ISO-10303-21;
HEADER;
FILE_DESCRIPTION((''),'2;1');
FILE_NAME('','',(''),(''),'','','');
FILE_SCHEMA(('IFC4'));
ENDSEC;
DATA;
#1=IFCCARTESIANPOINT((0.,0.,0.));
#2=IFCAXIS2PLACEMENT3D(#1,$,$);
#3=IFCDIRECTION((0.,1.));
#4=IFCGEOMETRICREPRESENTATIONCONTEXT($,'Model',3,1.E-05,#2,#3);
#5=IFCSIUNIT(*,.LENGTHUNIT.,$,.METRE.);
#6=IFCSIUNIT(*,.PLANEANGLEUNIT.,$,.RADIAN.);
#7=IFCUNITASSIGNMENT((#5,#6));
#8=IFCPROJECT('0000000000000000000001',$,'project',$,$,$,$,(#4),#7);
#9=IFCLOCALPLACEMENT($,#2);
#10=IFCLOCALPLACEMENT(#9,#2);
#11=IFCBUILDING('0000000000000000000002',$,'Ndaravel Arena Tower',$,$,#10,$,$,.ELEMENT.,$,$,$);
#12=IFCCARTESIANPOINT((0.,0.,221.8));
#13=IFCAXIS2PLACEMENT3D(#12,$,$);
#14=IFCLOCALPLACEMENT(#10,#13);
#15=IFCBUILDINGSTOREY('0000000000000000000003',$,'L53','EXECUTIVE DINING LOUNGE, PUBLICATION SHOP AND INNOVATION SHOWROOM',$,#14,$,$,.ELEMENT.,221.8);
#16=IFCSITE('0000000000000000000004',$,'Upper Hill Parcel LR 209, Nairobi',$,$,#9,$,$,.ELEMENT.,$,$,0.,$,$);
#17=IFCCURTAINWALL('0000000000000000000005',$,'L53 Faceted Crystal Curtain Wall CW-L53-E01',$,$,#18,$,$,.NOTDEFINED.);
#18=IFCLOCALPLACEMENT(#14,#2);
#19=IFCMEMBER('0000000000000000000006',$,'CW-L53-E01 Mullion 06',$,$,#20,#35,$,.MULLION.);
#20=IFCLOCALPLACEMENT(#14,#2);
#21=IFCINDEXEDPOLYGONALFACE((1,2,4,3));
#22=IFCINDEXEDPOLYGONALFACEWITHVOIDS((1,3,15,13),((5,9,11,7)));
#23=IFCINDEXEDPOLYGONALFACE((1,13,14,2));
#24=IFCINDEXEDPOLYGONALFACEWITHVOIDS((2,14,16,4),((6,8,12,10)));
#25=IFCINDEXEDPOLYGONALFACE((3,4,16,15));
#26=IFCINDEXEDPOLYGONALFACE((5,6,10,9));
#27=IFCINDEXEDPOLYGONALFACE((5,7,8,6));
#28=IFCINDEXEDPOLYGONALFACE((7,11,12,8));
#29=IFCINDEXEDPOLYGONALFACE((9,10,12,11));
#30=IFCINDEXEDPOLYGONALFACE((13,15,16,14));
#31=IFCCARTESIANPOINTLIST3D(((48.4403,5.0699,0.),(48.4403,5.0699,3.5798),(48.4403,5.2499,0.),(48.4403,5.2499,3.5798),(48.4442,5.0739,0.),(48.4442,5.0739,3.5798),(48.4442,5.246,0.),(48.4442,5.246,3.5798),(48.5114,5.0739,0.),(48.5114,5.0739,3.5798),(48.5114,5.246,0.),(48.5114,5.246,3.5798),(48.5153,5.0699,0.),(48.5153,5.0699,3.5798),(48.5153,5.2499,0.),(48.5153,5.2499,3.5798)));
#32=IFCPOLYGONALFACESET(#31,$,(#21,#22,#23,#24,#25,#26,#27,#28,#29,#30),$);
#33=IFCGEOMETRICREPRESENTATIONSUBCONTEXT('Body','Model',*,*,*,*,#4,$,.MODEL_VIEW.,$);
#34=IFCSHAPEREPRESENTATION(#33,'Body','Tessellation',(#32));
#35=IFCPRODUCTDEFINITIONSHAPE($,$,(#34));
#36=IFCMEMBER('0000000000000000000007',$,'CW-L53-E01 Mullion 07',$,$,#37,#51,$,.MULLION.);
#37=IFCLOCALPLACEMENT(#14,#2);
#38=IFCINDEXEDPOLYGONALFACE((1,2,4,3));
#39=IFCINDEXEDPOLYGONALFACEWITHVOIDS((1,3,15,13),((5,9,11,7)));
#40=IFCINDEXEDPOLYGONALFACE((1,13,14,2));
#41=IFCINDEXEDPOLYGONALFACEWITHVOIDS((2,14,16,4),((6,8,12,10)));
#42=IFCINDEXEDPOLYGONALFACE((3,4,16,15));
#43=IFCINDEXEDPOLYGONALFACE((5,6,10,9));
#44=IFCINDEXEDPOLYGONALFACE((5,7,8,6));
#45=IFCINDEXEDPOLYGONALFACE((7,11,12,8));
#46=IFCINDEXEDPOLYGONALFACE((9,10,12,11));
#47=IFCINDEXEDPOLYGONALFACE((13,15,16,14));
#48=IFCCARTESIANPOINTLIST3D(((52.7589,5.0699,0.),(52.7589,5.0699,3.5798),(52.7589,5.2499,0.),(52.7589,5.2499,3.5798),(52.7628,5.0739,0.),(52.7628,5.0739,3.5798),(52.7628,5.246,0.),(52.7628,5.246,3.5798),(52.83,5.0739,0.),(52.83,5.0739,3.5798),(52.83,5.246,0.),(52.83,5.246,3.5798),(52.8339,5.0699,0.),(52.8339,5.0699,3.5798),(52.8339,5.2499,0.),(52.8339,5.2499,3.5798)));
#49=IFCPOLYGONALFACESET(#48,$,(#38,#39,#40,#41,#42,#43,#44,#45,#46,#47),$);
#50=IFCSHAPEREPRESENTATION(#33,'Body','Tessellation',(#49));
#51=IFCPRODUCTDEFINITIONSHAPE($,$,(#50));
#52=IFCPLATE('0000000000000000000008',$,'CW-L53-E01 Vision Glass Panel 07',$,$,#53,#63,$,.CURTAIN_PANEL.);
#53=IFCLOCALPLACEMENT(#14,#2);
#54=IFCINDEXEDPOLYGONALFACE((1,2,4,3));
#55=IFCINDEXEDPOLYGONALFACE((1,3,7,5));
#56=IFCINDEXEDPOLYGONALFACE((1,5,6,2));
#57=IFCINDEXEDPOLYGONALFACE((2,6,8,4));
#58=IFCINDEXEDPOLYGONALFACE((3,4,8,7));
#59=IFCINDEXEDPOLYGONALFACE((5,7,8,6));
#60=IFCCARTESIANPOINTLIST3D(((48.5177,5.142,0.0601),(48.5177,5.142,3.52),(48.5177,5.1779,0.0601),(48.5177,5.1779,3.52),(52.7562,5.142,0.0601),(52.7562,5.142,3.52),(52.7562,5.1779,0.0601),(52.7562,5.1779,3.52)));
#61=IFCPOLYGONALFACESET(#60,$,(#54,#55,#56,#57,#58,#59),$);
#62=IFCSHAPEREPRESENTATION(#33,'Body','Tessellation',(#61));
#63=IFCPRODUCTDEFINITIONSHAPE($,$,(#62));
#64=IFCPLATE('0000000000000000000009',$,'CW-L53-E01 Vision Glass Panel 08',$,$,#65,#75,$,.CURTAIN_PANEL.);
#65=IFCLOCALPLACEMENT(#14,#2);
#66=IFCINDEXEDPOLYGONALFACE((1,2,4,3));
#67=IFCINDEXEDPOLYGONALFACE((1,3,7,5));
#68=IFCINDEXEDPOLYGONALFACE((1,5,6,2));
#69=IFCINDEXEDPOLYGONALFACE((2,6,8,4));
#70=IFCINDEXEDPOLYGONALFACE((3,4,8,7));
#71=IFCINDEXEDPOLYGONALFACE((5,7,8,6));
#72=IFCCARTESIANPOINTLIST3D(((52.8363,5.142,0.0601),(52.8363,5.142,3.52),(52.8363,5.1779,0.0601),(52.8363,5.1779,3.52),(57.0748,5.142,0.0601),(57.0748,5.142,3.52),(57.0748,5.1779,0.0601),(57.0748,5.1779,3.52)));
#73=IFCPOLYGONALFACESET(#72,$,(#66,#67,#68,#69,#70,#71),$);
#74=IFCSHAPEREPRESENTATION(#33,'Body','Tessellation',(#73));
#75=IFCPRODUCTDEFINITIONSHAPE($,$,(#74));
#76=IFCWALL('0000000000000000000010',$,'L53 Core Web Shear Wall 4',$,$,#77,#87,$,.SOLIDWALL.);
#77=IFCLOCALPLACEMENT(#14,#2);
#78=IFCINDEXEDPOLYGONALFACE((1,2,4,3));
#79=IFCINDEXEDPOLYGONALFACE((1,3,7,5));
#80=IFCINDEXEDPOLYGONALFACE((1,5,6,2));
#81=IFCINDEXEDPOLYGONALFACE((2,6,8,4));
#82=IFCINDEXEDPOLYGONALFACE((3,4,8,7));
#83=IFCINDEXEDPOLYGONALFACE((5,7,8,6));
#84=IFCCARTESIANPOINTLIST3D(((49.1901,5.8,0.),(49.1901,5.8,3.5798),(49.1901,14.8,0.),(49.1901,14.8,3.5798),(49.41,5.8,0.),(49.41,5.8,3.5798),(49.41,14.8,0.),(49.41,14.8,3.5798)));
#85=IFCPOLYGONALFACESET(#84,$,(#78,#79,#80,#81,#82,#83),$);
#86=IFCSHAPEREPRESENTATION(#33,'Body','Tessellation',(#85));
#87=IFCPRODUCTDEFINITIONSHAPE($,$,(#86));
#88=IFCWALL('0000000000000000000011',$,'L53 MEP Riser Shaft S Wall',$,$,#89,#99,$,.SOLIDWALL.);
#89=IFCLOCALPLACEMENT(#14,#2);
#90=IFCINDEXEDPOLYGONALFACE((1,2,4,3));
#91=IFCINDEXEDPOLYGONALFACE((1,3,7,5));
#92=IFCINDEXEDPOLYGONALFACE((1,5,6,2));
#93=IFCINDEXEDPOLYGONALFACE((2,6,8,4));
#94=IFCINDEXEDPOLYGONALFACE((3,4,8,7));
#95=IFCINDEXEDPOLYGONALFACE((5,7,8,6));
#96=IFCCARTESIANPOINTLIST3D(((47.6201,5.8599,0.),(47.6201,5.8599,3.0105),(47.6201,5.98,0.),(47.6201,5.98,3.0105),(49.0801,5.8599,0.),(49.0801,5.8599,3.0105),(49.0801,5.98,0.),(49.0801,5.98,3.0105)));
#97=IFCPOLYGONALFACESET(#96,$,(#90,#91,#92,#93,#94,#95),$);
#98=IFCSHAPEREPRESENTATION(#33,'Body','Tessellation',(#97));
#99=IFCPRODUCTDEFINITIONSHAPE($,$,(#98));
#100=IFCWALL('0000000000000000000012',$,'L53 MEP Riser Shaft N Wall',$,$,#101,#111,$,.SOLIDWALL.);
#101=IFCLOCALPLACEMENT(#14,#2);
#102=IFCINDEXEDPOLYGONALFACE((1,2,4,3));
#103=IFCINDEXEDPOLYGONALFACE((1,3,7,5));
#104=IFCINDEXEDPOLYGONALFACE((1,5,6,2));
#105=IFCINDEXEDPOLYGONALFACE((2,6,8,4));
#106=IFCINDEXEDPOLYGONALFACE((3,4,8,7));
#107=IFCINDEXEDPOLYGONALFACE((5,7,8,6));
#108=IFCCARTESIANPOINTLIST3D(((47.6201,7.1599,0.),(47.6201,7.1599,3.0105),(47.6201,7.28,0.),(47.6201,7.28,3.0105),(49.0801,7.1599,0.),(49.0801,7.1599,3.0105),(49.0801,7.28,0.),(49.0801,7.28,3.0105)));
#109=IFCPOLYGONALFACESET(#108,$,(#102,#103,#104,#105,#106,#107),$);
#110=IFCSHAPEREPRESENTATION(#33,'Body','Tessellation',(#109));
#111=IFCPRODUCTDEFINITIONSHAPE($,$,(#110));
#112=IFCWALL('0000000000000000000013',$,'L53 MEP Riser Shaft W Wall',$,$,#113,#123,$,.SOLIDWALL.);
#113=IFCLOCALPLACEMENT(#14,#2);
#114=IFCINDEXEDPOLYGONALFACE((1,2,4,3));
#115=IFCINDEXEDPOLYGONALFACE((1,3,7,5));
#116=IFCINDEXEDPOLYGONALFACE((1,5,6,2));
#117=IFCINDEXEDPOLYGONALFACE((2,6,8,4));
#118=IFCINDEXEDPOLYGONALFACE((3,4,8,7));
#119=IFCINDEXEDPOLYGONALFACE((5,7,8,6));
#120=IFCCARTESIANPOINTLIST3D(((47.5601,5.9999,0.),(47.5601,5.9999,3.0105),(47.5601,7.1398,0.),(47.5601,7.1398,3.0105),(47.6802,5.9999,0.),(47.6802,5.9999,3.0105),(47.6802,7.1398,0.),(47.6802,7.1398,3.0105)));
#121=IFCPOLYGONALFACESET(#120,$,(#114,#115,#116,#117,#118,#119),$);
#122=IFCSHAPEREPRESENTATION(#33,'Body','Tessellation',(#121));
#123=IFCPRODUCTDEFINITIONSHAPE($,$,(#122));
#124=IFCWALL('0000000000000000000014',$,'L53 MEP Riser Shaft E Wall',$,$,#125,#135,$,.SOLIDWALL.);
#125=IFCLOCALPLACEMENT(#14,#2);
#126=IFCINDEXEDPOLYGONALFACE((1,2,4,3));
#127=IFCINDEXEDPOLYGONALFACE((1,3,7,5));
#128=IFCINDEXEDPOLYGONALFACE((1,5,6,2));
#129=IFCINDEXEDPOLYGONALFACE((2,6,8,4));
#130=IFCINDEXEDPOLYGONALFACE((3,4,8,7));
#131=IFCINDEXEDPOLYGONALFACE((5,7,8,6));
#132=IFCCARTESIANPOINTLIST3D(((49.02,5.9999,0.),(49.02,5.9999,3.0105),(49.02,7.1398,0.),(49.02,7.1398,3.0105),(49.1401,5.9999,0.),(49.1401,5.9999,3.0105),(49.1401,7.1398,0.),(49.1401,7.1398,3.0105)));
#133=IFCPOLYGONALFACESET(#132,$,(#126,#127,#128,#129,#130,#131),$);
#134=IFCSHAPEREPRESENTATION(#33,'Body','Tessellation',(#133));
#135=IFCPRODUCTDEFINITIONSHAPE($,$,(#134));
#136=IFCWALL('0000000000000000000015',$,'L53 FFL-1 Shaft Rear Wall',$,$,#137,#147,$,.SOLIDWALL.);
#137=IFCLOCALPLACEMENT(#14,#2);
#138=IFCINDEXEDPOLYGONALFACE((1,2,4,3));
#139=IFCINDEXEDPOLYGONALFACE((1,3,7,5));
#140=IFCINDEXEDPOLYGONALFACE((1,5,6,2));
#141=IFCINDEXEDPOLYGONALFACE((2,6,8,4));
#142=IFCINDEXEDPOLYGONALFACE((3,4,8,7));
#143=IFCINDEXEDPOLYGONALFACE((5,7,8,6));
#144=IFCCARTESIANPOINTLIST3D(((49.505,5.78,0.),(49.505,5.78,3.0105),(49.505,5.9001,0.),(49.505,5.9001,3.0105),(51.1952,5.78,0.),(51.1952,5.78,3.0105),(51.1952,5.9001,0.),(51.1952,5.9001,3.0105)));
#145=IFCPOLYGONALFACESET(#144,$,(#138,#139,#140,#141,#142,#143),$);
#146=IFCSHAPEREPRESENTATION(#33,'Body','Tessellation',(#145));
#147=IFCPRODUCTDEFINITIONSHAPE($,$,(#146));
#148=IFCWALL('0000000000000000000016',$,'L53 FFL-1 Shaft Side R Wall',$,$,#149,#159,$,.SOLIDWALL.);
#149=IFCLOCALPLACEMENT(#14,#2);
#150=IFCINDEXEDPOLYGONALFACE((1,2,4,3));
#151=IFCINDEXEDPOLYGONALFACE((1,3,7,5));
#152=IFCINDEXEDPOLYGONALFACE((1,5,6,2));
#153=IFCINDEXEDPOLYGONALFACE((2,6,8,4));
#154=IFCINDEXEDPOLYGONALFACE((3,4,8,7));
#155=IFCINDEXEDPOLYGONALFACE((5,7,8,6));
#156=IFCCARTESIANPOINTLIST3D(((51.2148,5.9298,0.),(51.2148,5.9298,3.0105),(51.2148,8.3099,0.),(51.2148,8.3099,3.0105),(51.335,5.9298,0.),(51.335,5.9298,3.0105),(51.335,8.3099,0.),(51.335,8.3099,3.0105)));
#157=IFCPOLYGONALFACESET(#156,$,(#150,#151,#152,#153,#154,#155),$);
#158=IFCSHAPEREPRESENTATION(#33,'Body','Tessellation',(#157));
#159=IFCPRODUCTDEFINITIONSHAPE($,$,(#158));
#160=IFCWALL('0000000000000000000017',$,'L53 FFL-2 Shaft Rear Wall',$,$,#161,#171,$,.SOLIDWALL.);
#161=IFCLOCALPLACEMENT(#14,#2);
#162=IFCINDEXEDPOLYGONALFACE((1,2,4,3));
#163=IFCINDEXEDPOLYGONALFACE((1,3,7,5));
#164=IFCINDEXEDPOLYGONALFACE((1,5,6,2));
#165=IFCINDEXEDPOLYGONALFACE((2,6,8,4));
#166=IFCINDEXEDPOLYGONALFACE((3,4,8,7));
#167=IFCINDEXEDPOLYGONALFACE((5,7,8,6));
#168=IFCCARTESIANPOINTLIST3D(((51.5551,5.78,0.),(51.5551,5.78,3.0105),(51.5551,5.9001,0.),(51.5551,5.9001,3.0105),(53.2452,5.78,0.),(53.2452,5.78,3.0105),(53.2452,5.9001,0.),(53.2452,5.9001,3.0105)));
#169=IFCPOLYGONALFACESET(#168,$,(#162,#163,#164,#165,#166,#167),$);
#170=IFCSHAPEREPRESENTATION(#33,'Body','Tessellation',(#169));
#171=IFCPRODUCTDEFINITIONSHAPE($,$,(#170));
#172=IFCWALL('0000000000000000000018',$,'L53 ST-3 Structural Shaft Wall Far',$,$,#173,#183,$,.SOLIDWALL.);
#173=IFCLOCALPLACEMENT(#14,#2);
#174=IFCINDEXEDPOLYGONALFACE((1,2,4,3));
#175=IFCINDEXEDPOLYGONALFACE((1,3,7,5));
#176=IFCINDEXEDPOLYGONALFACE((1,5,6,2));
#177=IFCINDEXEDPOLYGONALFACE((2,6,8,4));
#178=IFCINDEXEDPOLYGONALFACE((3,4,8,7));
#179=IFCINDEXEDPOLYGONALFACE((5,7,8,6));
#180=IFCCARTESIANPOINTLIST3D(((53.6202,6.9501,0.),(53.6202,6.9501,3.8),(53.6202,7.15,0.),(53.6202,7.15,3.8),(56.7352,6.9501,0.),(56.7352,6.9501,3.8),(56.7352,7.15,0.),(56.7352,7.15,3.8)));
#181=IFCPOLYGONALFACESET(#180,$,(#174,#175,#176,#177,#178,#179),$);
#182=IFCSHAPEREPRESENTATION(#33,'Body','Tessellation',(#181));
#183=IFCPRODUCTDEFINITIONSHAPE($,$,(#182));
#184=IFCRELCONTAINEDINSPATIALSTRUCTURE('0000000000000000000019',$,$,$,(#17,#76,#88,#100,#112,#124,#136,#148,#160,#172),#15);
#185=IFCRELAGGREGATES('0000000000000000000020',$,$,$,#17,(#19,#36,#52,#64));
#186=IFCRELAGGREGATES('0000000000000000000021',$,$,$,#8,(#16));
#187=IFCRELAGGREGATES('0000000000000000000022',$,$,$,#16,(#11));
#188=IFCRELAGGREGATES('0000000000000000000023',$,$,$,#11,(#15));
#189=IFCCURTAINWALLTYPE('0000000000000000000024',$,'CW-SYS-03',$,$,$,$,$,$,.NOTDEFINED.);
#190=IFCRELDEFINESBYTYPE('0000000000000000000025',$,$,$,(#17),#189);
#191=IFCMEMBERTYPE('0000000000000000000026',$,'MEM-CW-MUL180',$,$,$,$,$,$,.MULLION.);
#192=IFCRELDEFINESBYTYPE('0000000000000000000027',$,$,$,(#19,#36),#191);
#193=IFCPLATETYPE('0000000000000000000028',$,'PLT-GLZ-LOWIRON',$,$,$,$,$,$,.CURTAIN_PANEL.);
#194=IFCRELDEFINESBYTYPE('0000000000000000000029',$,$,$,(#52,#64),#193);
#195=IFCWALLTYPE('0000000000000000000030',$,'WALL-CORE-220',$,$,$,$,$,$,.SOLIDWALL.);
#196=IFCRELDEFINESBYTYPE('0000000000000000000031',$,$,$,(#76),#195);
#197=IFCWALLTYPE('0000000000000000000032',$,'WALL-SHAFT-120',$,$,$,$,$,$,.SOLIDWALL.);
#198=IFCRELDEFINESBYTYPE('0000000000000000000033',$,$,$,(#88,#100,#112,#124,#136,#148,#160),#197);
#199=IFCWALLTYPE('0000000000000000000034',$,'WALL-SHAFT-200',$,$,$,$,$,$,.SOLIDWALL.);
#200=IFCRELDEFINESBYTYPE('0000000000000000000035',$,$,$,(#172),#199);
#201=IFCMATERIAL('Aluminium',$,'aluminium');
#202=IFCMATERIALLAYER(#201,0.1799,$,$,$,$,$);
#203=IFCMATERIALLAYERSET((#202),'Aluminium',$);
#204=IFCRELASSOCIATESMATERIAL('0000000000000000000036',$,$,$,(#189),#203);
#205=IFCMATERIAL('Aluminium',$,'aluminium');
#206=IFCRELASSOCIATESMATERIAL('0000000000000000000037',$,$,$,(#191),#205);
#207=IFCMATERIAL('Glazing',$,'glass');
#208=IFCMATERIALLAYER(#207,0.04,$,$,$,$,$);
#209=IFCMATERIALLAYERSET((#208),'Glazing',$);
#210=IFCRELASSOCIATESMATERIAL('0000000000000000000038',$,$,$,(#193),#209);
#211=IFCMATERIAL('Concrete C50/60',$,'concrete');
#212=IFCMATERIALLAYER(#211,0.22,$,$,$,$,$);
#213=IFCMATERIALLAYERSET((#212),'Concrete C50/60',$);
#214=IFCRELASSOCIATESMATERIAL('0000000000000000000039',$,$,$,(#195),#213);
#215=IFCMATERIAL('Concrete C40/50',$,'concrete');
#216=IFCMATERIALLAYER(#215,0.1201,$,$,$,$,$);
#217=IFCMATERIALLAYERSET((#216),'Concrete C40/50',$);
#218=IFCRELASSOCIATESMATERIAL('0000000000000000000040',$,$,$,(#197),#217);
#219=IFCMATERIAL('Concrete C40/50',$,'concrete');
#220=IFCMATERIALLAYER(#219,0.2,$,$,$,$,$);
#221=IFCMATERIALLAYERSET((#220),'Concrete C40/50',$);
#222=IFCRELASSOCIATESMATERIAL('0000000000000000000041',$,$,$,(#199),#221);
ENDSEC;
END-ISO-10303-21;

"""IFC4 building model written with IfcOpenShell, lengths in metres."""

from ifc_helpers import new_model, si_unit, direction, frame, frame_2d, origin, origin_2d, place, context, subcontext, project, spatial, rectangle, hollow_rectangle, extrude, material, layer, layer_set, material_profile, profile_set, type_object, element, aggregate, save


model = new_model("IFC4")

# Units and contexts
model_context = context("Model", 3, precision=1e-05, world=origin(), true_north=direction((0.0, 1.0)))
body_context = subcontext(model_context, "Body", "Model", "MODEL_VIEW")
ifc_project = project(units=[si_unit("LENGTHUNIT", "METRE"), si_unit("PLANEANGLEUNIT", "RADIAN")], contexts=[model_context])

# Site, building, storey
site_placement = place(None, origin())
site = spatial("IfcSite", under=ifc_project, at=site_placement, Name="Upper Hill Parcel LR 209, Nairobi", CompositionType="ELEMENT", RefElevation=0.0)
building_placement = place(site_placement, origin())
building = spatial("IfcBuilding", under=site, at=building_placement, Name="Ndaravel Arena Tower", CompositionType="ELEMENT")
storey_placement = place(building_placement, frame((0.0, 0.0, 221.8)))
storey = spatial("IfcBuildingStorey", under=building, at=storey_placement, Name="L53", Description="EXECUTIVE DINING LOUNGE, PUBLICATION SHOP AND INNOVATION SHOWROOM", CompositionType="ELEMENT", Elevation=221.8)

# Curtain wall, members, plates
ifc_material_1 = material(Name="Aluminium", Category="aluminium")
ifc_layer_1 = layer(ifc_material_1, 0.1799)
ifc_layer_set_1 = layer_set([ifc_layer_1], Name="Aluminium")
curtain_wall_type = type_object("IfcCurtainWallType", Name="CW-SYS-03", PredefinedType="NOTDEFINED", material=ifc_layer_set_1)
curtain_wall_placement = place(storey_placement, origin())
curtain_wall = element("IfcCurtainWall", 1, at=curtain_wall_placement, inside=storey, type_object=curtain_wall_type, Name="L53 Faceted Crystal Curtain Wall CW-L53-E01", PredefinedType="NOTDEFINED")
ifc_material_2 = material(Name="Aluminium", Category="aluminium")
ifc_material_profile = material_profile(ifc_material_2, hollow_rectangle(XDim=0.075, YDim=0.1799, WallThickness=0.0039, at=origin_2d()), Name="CW MULLION 75x180x4")
ifc_profile_set = profile_set([ifc_material_profile], Name="Aluminium")
member_type = type_object("IfcMemberType", Name="MEM-CW-MUL180", PredefinedType="MULLION", material=ifc_profile_set)
member_1_placement = place(storey_placement, frame((48.4778, 5.1599, 0.0), z_axis=(0.0, 0.0, 1.0), x_axis=(1.0, 0.0, 0.0)))
member_1 = element("IfcMember", 2, at=member_1_placement, type_object=member_type, Name="CW-L53-E01 Mullion 06", PredefinedType="MULLION", context=body_context, shape_type="SweptSolid", body=[
    extrude(hollow_rectangle(XDim=0.075, YDim=0.1799, WallThickness=0.0039, at=origin_2d()), origin(), (0.0, 0.0, 1.0), 3.5798),
])
member_2_placement = place(storey_placement, frame((52.7964, 5.1599, 0.0), z_axis=(0.0, 0.0, 1.0), x_axis=(1.0, 0.0, 0.0)))
member_2 = element("IfcMember", 3, at=member_2_placement, type_object=member_type, Name="CW-L53-E01 Mullion 07", PredefinedType="MULLION", context=body_context, shape_type="SweptSolid", body=[
    extrude(hollow_rectangle(XDim=0.075, YDim=0.1799, WallThickness=0.0039, at=origin_2d()), origin(), (0.0, 0.0, 1.0), 3.5798),
])
ifc_material_3 = material(Name="Glazing", Category="glass")
ifc_layer_2 = layer(ifc_material_3, 0.04)
ifc_layer_set_2 = layer_set([ifc_layer_2], Name="Glazing")
plate_type = type_object("IfcPlateType", Name="PLT-GLZ-LOWIRON", PredefinedType="CURTAIN_PANEL", material=ifc_layer_set_2)
plate_1_placement = place(storey_placement, frame((50.637, 5.1599, 0.0601), z_axis=(0.0, 0.0, 1.0), x_axis=(1.0, 0.0, 0.0)))
plate_1 = element("IfcPlate", 4, at=plate_1_placement, type_object=plate_type, Name="CW-L53-E01 Vision Glass Panel 07", PredefinedType="CURTAIN_PANEL", context=body_context, shape_type="SweptSolid", body=[
    extrude(rectangle(XDim=4.2385, YDim=0.0359, at=origin_2d()), origin(), (0.0, 0.0, 1.0), 3.46),
])
plate_2_placement = place(storey_placement, frame((54.9556, 5.1599, 0.0601), z_axis=(0.0, 0.0, 1.0), x_axis=(1.0, 0.0, 0.0)))
plate_2 = element("IfcPlate", 5, at=plate_2_placement, type_object=plate_type, Name="CW-L53-E01 Vision Glass Panel 08", PredefinedType="CURTAIN_PANEL", context=body_context, shape_type="SweptSolid", body=[
    extrude(rectangle(XDim=4.2385, YDim=0.0359, at=origin_2d()), origin(), (0.0, 0.0, 1.0), 3.46),
])
aggregate(curtain_wall, [member_1, member_2, plate_1, plate_2])

# Wall
ifc_material_4 = material(Name="Concrete C50/60", Category="concrete")
ifc_layer_3 = layer(ifc_material_4, 0.22)
ifc_layer_set_3 = layer_set([ifc_layer_3], Name="Concrete C50/60")
wall_type_1 = type_object("IfcWallType", Name="WALL-CORE-220", PredefinedType="SOLIDWALL", material=ifc_layer_set_3)
wall_1_placement = place(storey_placement, frame((49.3, 5.8, 0.0), z_axis=(0.0, 0.0, 1.0), x_axis=(0.0, 1.0, 0.0)))
element("IfcWall", 6, at=wall_1_placement, inside=storey, type_object=wall_type_1, Name="L53 Core Web Shear Wall 4", PredefinedType="SOLIDWALL", context=body_context, shape_type="SweptSolid", body=[
    extrude(rectangle(XDim=9.0, YDim=0.22, at=frame_2d((4.5, 0.0))), origin(), (0.0, 0.0, 1.0), 3.5798),
])

# Walls
ifc_material_5 = material(Name="Concrete C40/50", Category="concrete")
ifc_layer_4 = layer(ifc_material_5, 0.1201)
ifc_layer_set_4 = layer_set([ifc_layer_4], Name="Concrete C40/50")
wall_type_2 = type_object("IfcWallType", Name="WALL-SHAFT-120", PredefinedType="SOLIDWALL", material=ifc_layer_set_4)
for number, where, z_axis, x_axis, name in (
    (7, (47.6201, 5.9199, 0.0), (0.0, 0.0, 1.0), (1.0, 0.0, 0.0), "L53 MEP Riser Shaft S Wall"),
    (8, (47.6201, 7.22, 0.0), (0.0, 0.0, 1.0), (1.0, 0.0, 0.0), "L53 MEP Riser Shaft N Wall"),
):
    element("IfcWall", number, at=place(storey_placement, frame(where, z_axis=z_axis, x_axis=x_axis)), inside=storey, type_object=wall_type_2, Name=name, PredefinedType="SOLIDWALL", context=body_context, shape_type="SweptSolid", body=[
        extrude(rectangle(XDim=1.46, YDim=0.1201, at=frame_2d((0.73, 0.0))), origin(), (0.0, 0.0, 1.0), 3.0105),
    ])
for number, where, z_axis, x_axis, name in (
    (9, (47.6201, 6.0, 0.0), (0.0, 0.0, 1.0), (0.0, 1.0, 0.0), "L53 MEP Riser Shaft W Wall"),
    (10, (49.0801, 6.0, 0.0), (0.0, 0.0, 1.0), (0.0, 1.0, 0.0), "L53 MEP Riser Shaft E Wall"),
):
    element("IfcWall", number, at=place(storey_placement, frame(where, z_axis=z_axis, x_axis=x_axis)), inside=storey, type_object=wall_type_2, Name=name, PredefinedType="SOLIDWALL", context=body_context, shape_type="SweptSolid", body=[
        extrude(rectangle(XDim=1.1399, YDim=0.1201, at=frame_2d((0.5698, 0.0))), origin(), (0.0, 0.0, 1.0), 3.0105),
    ])
wall_2_placement = place(storey_placement, frame((49.5049, 5.8401, 0.0), z_axis=(0.0, 0.0, 1.0), x_axis=(1.0, 0.0, 0.0)))
element("IfcWall", 11, at=wall_2_placement, inside=storey, type_object=wall_type_2, Name="L53 FFL-1 Shaft Rear Wall", PredefinedType="SOLIDWALL", context=body_context, shape_type="SweptSolid", body=[
    extrude(rectangle(XDim=1.6902, YDim=0.1201, at=frame_2d((0.8452, 0.0))), origin(), (0.0, 0.0, 1.0), 3.0105),
])
wall_3_placement = place(storey_placement, frame((51.2749, 5.9299, 0.0), z_axis=(0.0, 0.0, 1.0), x_axis=(0.0, 1.0, 0.0)))
element("IfcWall", 12, at=wall_3_placement, inside=storey, type_object=wall_type_2, Name="L53 FFL-1 Shaft Side R Wall", PredefinedType="SOLIDWALL", context=body_context, shape_type="SweptSolid", body=[
    extrude(rectangle(XDim=2.3801, YDim=0.1201, at=frame_2d((1.1899, 0.0))), origin(), (0.0, 0.0, 1.0), 3.0105),
])
wall_4_placement = place(storey_placement, frame((51.5549, 5.8401, 0.0), z_axis=(0.0, 0.0, 1.0), x_axis=(1.0, 0.0, 0.0)))
element("IfcWall", 13, at=wall_4_placement, inside=storey, type_object=wall_type_2, Name="L53 FFL-2 Shaft Rear Wall", PredefinedType="SOLIDWALL", context=body_context, shape_type="SweptSolid", body=[
    extrude(rectangle(XDim=1.6902, YDim=0.1201, at=frame_2d((0.8452, 0.0))), origin(), (0.0, 0.0, 1.0), 3.0105),
])
ifc_material_6 = material(Name="Concrete C40/50", Category="concrete")
ifc_layer_5 = layer(ifc_material_6, 0.2)
ifc_layer_set_5 = layer_set([ifc_layer_5], Name="Concrete C40/50")
wall_type_3 = type_object("IfcWallType", Name="WALL-SHAFT-200", PredefinedType="SOLIDWALL", material=ifc_layer_set_5)
wall_5_placement = place(storey_placement, frame((53.6201, 7.05, 0.0), z_axis=(0.0, 0.0, 1.0), x_axis=(1.0, 0.0, 0.0)))
element("IfcWall", 14, at=wall_5_placement, inside=storey, type_object=wall_type_3, Name="L53 ST-3 Structural Shaft Wall Far", PredefinedType="SOLIDWALL", context=body_context, shape_type="SweptSolid", body=[
    extrude(rectangle(XDim=3.115, YDim=0.2, at=frame_2d((1.5576, 0.0))), origin(), (0.0, 0.0, 1.0), 3.8),
])

save(model, "model.ifc")
